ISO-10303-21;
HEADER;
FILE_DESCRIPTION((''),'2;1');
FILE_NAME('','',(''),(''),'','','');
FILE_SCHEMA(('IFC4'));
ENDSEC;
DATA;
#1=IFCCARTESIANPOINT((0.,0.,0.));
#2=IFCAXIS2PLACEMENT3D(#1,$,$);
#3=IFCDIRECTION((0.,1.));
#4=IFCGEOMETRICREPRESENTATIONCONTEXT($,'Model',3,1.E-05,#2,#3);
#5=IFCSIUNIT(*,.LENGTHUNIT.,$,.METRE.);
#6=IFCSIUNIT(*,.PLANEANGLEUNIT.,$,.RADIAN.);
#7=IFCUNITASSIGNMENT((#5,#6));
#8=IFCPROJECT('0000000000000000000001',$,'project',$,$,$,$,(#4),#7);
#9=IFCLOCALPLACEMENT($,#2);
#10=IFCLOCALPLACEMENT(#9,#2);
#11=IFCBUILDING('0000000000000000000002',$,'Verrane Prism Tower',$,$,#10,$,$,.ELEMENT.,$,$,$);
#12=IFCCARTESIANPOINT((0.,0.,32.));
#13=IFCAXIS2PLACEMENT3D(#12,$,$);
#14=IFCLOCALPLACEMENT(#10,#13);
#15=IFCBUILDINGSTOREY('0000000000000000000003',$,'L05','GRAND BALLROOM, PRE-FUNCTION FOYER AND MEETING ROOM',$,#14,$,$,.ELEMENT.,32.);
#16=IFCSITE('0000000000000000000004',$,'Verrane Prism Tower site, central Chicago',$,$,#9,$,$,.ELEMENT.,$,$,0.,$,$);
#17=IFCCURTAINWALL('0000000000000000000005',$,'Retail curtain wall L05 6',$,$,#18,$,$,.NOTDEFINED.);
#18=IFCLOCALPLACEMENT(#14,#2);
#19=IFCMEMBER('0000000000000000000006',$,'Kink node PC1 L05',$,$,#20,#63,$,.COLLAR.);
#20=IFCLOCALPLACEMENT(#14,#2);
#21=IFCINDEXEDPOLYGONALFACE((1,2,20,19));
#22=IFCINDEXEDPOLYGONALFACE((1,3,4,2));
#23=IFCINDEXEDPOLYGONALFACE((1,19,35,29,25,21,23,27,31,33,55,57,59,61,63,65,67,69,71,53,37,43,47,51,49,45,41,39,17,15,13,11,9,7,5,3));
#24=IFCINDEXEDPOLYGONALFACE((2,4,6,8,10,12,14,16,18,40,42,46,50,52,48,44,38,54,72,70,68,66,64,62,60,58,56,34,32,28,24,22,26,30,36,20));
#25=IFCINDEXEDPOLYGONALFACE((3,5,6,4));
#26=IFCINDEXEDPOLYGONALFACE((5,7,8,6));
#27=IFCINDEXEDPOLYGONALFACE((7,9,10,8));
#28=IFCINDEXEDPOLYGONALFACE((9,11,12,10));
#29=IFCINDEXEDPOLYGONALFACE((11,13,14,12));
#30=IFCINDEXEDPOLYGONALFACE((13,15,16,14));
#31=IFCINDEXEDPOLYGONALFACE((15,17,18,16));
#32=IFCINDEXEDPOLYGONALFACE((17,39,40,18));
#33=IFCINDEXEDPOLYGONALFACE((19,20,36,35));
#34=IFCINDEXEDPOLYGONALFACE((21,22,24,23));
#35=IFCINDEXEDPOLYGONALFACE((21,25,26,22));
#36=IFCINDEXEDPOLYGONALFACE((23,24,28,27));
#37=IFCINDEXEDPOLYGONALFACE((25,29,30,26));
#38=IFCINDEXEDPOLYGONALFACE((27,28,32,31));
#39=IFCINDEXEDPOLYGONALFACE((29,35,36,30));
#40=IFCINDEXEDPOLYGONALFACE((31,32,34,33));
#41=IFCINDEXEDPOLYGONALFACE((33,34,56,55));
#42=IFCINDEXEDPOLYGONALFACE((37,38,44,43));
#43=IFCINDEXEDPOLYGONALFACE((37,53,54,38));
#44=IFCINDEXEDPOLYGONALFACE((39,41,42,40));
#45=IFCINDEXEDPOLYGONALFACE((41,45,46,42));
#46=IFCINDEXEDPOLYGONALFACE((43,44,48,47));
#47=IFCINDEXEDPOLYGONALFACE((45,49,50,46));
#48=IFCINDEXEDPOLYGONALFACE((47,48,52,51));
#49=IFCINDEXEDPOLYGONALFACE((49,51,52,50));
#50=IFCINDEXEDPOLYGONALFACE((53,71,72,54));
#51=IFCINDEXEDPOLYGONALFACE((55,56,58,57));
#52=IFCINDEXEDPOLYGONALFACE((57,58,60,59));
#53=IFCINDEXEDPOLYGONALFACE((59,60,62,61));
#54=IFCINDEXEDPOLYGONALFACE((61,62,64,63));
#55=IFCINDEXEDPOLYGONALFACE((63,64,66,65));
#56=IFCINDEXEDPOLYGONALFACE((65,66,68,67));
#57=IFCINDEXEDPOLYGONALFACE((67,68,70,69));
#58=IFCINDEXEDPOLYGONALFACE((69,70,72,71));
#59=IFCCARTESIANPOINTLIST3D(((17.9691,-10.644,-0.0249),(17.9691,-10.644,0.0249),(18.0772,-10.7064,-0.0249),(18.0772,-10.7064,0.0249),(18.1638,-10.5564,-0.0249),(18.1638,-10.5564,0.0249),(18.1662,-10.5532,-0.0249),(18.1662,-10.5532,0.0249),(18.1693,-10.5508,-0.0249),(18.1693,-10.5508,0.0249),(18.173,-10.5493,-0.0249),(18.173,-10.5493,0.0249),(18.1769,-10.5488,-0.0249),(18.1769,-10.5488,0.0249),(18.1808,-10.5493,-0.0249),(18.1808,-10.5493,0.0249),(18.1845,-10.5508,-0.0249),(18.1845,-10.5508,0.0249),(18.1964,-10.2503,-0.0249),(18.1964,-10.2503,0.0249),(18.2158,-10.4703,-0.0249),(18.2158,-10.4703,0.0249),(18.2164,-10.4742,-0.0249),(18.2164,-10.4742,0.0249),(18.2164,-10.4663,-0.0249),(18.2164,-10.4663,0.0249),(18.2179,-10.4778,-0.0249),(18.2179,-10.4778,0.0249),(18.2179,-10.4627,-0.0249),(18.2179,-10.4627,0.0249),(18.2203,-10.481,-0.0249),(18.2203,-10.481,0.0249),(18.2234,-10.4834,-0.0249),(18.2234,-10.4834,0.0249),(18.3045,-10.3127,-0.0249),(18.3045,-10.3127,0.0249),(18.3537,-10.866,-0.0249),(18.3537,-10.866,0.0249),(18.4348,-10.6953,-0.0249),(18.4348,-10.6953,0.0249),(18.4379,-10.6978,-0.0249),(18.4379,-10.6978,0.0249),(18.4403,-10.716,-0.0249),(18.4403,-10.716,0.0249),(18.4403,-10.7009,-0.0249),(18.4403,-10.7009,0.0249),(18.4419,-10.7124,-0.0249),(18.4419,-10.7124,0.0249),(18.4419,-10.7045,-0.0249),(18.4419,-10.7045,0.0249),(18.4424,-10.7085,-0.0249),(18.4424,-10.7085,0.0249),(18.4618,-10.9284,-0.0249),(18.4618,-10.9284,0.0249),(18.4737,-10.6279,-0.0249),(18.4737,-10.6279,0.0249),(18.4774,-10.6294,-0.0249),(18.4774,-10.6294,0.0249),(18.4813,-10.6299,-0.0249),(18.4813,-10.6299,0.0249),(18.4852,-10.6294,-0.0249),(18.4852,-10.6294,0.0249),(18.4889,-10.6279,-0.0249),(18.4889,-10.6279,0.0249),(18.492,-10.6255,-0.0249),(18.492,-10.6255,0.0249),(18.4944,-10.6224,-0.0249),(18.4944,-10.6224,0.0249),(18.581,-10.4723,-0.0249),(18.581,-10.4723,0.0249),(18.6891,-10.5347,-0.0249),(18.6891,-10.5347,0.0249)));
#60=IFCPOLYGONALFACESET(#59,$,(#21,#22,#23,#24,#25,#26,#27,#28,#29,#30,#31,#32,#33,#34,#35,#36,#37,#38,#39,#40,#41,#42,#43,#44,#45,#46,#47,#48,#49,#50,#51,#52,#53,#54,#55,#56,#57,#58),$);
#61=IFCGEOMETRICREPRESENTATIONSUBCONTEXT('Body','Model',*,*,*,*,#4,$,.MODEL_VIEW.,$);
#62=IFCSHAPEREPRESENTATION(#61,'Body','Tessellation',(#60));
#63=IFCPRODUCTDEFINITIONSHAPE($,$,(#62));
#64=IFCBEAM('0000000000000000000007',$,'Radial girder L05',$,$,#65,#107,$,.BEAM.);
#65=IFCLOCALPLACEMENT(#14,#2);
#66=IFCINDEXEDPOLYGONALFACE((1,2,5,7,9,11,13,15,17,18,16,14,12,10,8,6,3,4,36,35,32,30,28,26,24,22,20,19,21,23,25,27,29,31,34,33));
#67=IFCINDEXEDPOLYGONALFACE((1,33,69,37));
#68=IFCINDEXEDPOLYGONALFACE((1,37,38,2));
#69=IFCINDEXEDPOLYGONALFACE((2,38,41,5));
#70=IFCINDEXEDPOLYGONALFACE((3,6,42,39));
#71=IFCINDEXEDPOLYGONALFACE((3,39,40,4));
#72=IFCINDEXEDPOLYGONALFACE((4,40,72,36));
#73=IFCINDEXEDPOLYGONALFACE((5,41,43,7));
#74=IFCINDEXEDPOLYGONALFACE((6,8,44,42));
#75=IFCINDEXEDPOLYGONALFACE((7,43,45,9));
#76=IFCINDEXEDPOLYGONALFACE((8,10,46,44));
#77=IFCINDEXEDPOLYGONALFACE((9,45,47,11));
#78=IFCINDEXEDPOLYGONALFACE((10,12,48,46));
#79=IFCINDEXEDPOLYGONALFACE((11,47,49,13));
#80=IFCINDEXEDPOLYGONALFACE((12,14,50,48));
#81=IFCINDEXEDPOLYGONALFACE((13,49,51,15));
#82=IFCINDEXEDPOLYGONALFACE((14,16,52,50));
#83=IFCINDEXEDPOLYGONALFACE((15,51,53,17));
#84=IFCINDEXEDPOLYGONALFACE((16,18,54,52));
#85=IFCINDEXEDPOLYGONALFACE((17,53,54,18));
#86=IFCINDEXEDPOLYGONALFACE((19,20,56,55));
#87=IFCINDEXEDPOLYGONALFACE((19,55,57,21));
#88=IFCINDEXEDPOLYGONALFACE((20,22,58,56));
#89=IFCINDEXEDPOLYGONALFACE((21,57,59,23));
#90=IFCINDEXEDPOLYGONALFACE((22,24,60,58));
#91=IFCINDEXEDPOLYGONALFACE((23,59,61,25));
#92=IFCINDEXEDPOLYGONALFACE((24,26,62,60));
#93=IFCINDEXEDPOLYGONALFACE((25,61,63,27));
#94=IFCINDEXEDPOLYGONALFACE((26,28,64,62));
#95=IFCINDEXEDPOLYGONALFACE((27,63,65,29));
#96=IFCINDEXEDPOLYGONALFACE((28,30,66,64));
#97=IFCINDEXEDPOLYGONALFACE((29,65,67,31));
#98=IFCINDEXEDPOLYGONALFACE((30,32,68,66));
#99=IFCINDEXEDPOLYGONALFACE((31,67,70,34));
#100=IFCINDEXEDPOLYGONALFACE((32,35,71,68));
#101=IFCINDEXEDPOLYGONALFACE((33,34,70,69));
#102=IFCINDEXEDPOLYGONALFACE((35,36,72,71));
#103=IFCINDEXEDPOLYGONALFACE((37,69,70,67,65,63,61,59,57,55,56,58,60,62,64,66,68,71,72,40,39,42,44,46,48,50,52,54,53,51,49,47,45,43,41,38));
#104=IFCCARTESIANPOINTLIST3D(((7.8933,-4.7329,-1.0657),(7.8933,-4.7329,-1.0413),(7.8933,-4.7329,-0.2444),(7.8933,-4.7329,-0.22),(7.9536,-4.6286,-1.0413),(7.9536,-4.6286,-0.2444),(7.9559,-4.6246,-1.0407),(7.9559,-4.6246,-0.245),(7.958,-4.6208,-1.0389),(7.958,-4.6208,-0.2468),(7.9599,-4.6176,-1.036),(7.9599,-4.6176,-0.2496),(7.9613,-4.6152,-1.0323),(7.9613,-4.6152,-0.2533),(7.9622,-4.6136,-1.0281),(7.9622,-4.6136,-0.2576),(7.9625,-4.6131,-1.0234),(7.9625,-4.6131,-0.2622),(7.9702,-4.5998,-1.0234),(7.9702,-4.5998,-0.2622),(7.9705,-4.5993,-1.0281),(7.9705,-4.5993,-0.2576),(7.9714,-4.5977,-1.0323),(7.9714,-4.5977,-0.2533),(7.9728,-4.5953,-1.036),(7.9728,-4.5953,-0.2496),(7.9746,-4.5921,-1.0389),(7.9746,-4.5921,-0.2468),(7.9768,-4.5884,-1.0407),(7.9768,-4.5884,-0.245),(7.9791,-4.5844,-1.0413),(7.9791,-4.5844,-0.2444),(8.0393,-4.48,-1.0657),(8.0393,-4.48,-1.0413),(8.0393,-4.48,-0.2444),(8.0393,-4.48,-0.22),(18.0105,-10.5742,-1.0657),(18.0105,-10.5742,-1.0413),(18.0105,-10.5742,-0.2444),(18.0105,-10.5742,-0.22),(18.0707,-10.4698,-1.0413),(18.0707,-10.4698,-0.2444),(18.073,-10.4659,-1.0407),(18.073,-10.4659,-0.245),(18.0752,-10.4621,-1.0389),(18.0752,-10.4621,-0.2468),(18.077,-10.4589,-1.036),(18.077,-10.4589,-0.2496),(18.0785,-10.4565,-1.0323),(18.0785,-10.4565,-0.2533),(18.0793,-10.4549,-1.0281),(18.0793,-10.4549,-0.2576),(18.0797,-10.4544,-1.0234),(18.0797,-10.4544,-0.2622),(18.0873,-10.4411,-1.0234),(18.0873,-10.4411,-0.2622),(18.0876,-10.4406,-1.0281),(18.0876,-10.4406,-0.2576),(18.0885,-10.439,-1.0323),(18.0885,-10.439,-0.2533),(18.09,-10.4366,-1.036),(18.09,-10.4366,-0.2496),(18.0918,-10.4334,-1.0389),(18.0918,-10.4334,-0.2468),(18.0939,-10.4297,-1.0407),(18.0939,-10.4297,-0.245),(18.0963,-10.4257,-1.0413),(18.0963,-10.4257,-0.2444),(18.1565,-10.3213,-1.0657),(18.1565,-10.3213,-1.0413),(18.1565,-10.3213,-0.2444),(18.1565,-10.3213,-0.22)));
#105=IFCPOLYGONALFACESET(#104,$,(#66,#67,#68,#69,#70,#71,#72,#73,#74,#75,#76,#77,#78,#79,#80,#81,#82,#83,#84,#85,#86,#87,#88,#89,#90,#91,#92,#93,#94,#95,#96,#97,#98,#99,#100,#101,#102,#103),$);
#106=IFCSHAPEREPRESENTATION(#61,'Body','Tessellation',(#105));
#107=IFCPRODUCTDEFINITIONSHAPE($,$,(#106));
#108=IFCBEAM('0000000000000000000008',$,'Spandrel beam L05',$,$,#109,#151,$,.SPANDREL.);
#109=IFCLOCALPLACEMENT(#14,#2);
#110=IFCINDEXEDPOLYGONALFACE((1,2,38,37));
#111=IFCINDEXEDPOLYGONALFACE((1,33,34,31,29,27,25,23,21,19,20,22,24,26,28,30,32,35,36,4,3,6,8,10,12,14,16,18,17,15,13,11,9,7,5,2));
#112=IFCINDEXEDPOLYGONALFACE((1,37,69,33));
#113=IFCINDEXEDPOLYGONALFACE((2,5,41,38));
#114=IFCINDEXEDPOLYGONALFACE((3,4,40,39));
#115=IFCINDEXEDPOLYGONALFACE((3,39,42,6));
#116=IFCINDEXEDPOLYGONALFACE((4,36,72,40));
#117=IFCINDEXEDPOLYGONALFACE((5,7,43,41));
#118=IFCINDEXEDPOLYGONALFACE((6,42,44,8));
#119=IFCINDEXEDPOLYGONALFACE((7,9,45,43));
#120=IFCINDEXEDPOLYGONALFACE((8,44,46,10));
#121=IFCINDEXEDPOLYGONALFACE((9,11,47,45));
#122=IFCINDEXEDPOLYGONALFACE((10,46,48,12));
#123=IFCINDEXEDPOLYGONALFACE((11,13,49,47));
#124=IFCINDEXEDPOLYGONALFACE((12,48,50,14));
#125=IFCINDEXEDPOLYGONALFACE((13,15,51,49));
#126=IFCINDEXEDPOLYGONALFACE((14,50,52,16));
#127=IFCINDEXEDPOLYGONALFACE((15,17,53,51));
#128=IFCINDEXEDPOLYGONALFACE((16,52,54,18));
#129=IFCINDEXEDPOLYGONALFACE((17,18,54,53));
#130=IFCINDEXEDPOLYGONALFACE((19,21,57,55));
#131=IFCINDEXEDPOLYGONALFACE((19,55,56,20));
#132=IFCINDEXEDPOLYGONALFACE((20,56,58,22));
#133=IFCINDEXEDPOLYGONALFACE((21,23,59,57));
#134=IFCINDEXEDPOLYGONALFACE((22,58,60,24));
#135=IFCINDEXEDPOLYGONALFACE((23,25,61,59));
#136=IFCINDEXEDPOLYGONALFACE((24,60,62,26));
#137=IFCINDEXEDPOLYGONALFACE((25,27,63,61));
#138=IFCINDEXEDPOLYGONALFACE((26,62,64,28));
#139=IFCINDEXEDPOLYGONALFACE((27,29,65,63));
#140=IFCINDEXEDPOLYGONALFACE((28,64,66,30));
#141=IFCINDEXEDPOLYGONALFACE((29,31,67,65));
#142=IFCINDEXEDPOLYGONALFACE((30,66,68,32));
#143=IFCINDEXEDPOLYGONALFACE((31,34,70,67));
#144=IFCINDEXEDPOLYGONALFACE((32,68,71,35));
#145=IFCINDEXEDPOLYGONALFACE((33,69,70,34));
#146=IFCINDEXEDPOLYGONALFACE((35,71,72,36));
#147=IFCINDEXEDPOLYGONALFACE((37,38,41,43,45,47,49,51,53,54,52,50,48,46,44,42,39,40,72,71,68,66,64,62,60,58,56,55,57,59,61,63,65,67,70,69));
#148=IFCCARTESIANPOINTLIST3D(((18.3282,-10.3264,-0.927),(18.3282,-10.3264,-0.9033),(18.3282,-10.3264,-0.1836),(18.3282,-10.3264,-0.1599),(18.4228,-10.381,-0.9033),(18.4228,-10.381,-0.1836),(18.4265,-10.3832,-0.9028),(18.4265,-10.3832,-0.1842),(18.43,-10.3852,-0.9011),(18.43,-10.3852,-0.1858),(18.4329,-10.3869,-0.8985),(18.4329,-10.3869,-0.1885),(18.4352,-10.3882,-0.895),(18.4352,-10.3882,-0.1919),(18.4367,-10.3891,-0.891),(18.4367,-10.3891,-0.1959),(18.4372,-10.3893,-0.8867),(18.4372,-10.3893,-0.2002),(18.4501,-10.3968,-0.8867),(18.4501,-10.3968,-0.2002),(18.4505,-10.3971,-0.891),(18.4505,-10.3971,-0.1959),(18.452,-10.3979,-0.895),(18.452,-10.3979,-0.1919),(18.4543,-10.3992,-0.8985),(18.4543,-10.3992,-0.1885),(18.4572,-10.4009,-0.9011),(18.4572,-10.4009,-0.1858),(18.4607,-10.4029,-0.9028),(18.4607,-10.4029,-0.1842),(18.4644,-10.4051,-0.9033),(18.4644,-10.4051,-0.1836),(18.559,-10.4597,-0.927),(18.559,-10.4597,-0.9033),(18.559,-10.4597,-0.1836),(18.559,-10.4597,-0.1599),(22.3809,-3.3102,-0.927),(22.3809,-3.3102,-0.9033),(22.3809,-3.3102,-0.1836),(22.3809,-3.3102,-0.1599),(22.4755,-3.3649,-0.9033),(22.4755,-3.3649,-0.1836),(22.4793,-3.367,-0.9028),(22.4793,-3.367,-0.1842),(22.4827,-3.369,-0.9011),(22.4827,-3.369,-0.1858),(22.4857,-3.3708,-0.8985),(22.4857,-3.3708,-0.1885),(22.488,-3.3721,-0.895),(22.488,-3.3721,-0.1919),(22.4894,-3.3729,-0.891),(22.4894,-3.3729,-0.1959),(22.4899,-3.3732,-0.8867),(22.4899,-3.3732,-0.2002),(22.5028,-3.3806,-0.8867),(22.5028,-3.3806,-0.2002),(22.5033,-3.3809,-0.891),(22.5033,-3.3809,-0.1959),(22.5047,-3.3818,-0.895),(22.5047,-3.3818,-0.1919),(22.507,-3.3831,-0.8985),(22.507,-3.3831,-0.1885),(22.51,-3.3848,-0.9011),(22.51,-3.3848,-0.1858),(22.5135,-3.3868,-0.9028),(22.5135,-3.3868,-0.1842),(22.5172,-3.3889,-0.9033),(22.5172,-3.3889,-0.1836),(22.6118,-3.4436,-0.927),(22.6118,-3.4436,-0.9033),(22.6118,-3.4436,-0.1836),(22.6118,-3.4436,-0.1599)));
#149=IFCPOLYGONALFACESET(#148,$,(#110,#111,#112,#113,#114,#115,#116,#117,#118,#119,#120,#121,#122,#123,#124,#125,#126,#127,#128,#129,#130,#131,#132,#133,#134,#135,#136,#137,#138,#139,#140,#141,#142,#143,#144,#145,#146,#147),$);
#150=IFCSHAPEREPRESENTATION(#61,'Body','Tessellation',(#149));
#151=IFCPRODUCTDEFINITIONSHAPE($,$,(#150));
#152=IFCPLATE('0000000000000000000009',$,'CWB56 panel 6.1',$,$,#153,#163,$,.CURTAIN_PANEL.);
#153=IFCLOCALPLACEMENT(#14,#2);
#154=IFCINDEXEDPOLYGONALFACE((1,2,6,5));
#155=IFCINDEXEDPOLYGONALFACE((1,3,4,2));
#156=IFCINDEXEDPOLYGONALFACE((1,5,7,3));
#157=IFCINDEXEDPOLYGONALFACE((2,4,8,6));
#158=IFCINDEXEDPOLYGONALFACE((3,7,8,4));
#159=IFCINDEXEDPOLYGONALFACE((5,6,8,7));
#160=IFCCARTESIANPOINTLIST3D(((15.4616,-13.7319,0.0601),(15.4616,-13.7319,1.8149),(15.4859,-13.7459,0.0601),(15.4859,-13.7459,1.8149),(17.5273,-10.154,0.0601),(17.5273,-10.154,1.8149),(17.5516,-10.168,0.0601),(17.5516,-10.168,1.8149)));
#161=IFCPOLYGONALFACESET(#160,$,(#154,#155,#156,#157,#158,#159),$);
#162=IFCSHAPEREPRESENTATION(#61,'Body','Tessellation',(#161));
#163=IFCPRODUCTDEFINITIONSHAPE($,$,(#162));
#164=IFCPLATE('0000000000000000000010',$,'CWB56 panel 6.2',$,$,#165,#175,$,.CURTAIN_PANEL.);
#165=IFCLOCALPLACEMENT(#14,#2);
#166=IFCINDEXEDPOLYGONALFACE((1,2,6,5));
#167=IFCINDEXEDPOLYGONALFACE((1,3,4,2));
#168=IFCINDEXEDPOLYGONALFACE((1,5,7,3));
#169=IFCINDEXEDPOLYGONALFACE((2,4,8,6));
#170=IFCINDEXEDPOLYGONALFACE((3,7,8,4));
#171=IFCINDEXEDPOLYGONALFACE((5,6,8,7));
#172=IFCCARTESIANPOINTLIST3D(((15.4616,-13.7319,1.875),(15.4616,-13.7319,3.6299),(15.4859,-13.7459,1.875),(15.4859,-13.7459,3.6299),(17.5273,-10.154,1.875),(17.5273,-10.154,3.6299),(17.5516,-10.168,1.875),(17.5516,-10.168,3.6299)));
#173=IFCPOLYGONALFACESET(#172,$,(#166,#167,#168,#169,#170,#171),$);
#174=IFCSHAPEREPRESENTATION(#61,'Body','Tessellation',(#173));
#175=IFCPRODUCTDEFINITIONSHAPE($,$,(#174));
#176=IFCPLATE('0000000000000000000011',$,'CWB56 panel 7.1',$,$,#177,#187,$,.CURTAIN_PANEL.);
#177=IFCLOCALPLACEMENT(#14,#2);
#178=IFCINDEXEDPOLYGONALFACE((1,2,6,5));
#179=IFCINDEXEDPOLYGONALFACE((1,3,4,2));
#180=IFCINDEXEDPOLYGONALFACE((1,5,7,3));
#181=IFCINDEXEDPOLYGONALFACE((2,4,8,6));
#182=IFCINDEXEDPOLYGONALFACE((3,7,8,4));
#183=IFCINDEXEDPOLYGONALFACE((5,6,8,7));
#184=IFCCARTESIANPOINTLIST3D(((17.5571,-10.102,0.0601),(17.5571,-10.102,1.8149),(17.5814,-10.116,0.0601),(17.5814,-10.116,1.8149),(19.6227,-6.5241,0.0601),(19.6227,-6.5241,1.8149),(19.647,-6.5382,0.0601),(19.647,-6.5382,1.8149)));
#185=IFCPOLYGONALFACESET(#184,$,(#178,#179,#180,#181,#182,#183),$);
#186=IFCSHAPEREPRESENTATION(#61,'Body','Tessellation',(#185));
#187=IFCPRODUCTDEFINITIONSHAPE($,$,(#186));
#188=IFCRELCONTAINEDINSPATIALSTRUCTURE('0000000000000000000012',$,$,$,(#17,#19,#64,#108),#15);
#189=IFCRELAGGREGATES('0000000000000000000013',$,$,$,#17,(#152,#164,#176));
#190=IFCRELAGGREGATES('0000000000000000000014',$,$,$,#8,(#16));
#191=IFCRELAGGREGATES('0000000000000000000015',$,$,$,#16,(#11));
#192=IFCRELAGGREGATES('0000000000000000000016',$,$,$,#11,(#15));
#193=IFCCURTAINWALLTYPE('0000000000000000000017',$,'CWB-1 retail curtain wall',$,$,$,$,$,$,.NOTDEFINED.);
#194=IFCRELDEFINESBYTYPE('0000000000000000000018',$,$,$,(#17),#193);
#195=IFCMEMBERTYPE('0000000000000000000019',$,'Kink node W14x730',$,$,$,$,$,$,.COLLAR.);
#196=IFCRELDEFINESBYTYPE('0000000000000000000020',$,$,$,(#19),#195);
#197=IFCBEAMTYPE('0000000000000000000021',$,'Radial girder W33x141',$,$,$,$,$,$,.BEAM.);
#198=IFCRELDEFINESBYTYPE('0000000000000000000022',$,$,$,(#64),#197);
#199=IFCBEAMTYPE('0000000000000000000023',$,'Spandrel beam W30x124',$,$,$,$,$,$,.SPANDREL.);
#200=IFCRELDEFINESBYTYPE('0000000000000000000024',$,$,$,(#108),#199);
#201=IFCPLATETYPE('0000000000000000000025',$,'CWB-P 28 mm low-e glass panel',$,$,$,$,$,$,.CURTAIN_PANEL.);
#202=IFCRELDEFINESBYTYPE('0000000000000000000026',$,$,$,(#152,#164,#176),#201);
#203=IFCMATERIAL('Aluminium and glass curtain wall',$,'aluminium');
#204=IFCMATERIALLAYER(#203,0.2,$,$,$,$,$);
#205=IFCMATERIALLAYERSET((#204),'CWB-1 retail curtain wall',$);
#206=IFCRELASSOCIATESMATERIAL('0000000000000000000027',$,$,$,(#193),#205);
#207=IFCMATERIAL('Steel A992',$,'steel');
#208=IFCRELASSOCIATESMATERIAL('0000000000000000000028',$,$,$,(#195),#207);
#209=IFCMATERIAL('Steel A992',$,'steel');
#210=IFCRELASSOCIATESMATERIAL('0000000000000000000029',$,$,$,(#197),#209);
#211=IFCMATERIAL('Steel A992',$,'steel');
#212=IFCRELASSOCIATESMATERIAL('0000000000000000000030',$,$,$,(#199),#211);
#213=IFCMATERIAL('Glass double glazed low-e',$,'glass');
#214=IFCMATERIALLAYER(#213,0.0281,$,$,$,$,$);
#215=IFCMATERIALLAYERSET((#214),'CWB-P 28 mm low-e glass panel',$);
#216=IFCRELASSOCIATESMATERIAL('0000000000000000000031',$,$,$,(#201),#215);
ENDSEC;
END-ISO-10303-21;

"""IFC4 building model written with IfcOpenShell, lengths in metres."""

from ifc_helpers import new_model, si_unit, direction, frame, origin, origin_2d, place, context, subcontext, project, spatial, rectangle, i_section, extrude, material, layer, layer_set, material_profile, profile_set, type_object, element, aggregate, save


model = new_model("IFC4")

# Units and contexts
model_context = context("Model", 3, precision=1e-05, world=origin(), true_north=direction((0.0, 1.0)))
body_context = subcontext(model_context, "Body", "Model", "MODEL_VIEW")
ifc_project = project(units=[si_unit("LENGTHUNIT", "METRE"), si_unit("PLANEANGLEUNIT", "RADIAN")], contexts=[model_context])

# Site, building, storey
site_placement = place(None, origin())
site = spatial("IfcSite", under=ifc_project, at=site_placement, Name="Verrane Prism Tower site, central Chicago", CompositionType="ELEMENT", RefElevation=0.0)
building_placement = place(site_placement, origin())
building = spatial("IfcBuilding", under=site, at=building_placement, Name="Verrane Prism Tower", CompositionType="ELEMENT")
storey_placement = place(building_placement, frame((0.0, 0.0, 32.0)))
storey = spatial("IfcBuildingStorey", under=building, at=storey_placement, Name="L05", Description="GRAND BALLROOM, PRE-FUNCTION FOYER AND MEETING ROOM", CompositionType="ELEMENT", Elevation=32.0)

# Curtain wall
ifc_material_1 = material(Name="Aluminium and glass curtain wall", Category="aluminium")
ifc_layer_1 = layer(ifc_material_1, 0.2)
ifc_layer_set_1 = layer_set([ifc_layer_1], Name="CWB-1 retail curtain wall")
curtain_wall_type = type_object("IfcCurtainWallType", Name="CWB-1 retail curtain wall", PredefinedType="NOTDEFINED", material=ifc_layer_set_1)
curtain_wall_placement = place(storey_placement, origin())
curtain_wall = element("IfcCurtainWall", 1, at=curtain_wall_placement, inside=storey, type_object=curtain_wall_type, Name="Retail curtain wall L05 6", PredefinedType="NOTDEFINED")

# Member
ifc_material_2 = material(Name="Steel A992", Category="steel")
ifc_material_profile_1 = material_profile(ifc_material_2, i_section(OverallWidth=0.4546, OverallDepth=0.5688, WebThickness=0.0779, FlangeThickness=0.1248, FilletRadius=0.0151, at=origin_2d()), Name="W14x730")
ifc_profile_set_1 = profile_set([ifc_material_profile_1], Name="Steel A992")
member_type_1 = type_object("IfcMemberType", Name="Kink node W14x730", PredefinedType="COLLAR", material=ifc_profile_set_1)
member_1_placement = place(storey_placement, frame((18.3291, -10.5894, -0.0249), z_axis=(0.0, 0.0, 1.0), x_axis=(-0.5, -0.866025, 0.0)))
element("IfcMember", 2, at=member_1_placement, inside=storey, type_object=member_type_1, Name="Kink node PC1 L05", PredefinedType="COLLAR", context=body_context, shape_type="SweptSolid", body=[
    extrude(i_section(OverallWidth=0.4546, OverallDepth=0.5688, WebThickness=0.0779, FlangeThickness=0.1248, FilletRadius=0.0151, at=origin_2d()), origin(), (0.0, 0.0, 1.0), 0.0498),
])

# Beams
ifc_material_3 = material(Name="Steel A992", Category="steel")
ifc_material_profile_2 = material_profile(ifc_material_3, i_section(OverallWidth=0.292, OverallDepth=0.8457, WebThickness=0.0154, FlangeThickness=0.0244, FilletRadius=0.0178, at=origin_2d()), Name="W33x141")
ifc_profile_set_2 = profile_set([ifc_material_profile_2], Name="Steel A992")
beam_type_1 = type_object("IfcBeamType", Name="Radial girder W33x141", PredefinedType="BEAM", material=ifc_profile_set_2)
beam_1_placement = place(storey_placement, frame((18.0835, -10.4478, -0.6428), z_axis=(-0.86602, 0.500009, 0.0), x_axis=(-0.500009, -0.86602, 0.0)))
element("IfcBeam", 3, at=beam_1_placement, inside=storey, type_object=beam_type_1, Name="Radial girder L05", PredefinedType="BEAM", context=body_context, shape_type="SweptSolid", body=[
    extrude(i_section(OverallWidth=0.292, OverallDepth=0.8457, WebThickness=0.0154, FlangeThickness=0.0244, FilletRadius=0.0178, at=origin_2d()), origin(), (0.0, 0.0, 1.0), 11.6824),
])
ifc_material_4 = material(Name="Steel A992", Category="steel")
ifc_material_profile_3 = material_profile(ifc_material_4, i_section(OverallWidth=0.2666, OverallDepth=0.7671, WebThickness=0.0149, FlangeThickness=0.0237, FilletRadius=0.0166, at=origin_2d()), Name="W30x124")
ifc_profile_set_3 = profile_set([ifc_material_profile_3], Name="Steel A992")
beam_type_2 = type_object("IfcBeamType", Name="Spandrel beam W30x124", PredefinedType="SPANDREL", material=ifc_profile_set_3)
beam_2_placement = place(storey_placement, frame((18.4436, -10.3931, -0.5435), z_axis=(0.500183, 0.86592, 0.0), x_axis=(-0.86592, 0.500183, 0.0)))
element("IfcBeam", 4, at=beam_2_placement, inside=storey, type_object=beam_type_2, Name="Spandrel beam L05", PredefinedType="SPANDREL", context=body_context, shape_type="SweptSolid", body=[
    extrude(i_section(OverallWidth=0.2666, OverallDepth=0.7671, WebThickness=0.0149, FlangeThickness=0.0237, FilletRadius=0.0166, at=origin_2d()), origin(), (0.0, 0.0, 1.0), 8.1025),
])

# Plates
ifc_material_5 = material(Name="Glass double glazed low-e", Category="glass")
ifc_layer_2 = layer(ifc_material_5, 0.0281)
ifc_layer_set_2 = layer_set([ifc_layer_2], Name="CWB-P 28 mm low-e glass panel")
plate_type = type_object("IfcPlateType", Name="CWB-P 28 mm low-e glass panel", PredefinedType="CURTAIN_PANEL", material=ifc_layer_set_2)
plate_1_placement = place(storey_placement, frame((16.5066, -11.95, 0.0601), z_axis=(0.0, 0.0, 1.0), x_axis=(0.5, 0.866025, 0.0)))
plate_1 = element("IfcPlate", 5, at=plate_1_placement, type_object=plate_type, Name="CWB56 panel 6.1", PredefinedType="CURTAIN_PANEL", context=body_context, shape_type="SweptSolid", body=[
    extrude(rectangle(XDim=4.1313, YDim=0.0281, at=origin_2d()), origin(), (0.0, 0.0, 1.0), 1.7549),
])
plate_2_placement = place(storey_placement, frame((16.5066, -11.95, 1.875), z_axis=(0.0, 0.0, 1.0), x_axis=(0.5, 0.866025, 0.0)))
plate_2 = element("IfcPlate", 6, at=plate_2_placement, type_object=plate_type, Name="CWB56 panel 6.2", PredefinedType="CURTAIN_PANEL", context=body_context, shape_type="SweptSolid", body=[
    extrude(rectangle(XDim=4.1313, YDim=0.0281, at=origin_2d()), origin(), (0.0, 0.0, 1.0), 1.7549),
])
plate_3_placement = place(storey_placement, frame((18.6021, -8.3201, 0.0601), z_axis=(0.0, 0.0, 1.0), x_axis=(0.5, 0.866025, 0.0)))
plate_3 = element("IfcPlate", 7, at=plate_3_placement, type_object=plate_type, Name="CWB56 panel 7.1", PredefinedType="CURTAIN_PANEL", context=body_context, shape_type="SweptSolid", body=[
    extrude(rectangle(XDim=4.1313, YDim=0.0281, at=origin_2d()), origin(), (0.0, 0.0, 1.0), 1.7549),
])
aggregate(curtain_wall, [plate_1, plate_2, plate_3])

save(model, "model.ifc")
